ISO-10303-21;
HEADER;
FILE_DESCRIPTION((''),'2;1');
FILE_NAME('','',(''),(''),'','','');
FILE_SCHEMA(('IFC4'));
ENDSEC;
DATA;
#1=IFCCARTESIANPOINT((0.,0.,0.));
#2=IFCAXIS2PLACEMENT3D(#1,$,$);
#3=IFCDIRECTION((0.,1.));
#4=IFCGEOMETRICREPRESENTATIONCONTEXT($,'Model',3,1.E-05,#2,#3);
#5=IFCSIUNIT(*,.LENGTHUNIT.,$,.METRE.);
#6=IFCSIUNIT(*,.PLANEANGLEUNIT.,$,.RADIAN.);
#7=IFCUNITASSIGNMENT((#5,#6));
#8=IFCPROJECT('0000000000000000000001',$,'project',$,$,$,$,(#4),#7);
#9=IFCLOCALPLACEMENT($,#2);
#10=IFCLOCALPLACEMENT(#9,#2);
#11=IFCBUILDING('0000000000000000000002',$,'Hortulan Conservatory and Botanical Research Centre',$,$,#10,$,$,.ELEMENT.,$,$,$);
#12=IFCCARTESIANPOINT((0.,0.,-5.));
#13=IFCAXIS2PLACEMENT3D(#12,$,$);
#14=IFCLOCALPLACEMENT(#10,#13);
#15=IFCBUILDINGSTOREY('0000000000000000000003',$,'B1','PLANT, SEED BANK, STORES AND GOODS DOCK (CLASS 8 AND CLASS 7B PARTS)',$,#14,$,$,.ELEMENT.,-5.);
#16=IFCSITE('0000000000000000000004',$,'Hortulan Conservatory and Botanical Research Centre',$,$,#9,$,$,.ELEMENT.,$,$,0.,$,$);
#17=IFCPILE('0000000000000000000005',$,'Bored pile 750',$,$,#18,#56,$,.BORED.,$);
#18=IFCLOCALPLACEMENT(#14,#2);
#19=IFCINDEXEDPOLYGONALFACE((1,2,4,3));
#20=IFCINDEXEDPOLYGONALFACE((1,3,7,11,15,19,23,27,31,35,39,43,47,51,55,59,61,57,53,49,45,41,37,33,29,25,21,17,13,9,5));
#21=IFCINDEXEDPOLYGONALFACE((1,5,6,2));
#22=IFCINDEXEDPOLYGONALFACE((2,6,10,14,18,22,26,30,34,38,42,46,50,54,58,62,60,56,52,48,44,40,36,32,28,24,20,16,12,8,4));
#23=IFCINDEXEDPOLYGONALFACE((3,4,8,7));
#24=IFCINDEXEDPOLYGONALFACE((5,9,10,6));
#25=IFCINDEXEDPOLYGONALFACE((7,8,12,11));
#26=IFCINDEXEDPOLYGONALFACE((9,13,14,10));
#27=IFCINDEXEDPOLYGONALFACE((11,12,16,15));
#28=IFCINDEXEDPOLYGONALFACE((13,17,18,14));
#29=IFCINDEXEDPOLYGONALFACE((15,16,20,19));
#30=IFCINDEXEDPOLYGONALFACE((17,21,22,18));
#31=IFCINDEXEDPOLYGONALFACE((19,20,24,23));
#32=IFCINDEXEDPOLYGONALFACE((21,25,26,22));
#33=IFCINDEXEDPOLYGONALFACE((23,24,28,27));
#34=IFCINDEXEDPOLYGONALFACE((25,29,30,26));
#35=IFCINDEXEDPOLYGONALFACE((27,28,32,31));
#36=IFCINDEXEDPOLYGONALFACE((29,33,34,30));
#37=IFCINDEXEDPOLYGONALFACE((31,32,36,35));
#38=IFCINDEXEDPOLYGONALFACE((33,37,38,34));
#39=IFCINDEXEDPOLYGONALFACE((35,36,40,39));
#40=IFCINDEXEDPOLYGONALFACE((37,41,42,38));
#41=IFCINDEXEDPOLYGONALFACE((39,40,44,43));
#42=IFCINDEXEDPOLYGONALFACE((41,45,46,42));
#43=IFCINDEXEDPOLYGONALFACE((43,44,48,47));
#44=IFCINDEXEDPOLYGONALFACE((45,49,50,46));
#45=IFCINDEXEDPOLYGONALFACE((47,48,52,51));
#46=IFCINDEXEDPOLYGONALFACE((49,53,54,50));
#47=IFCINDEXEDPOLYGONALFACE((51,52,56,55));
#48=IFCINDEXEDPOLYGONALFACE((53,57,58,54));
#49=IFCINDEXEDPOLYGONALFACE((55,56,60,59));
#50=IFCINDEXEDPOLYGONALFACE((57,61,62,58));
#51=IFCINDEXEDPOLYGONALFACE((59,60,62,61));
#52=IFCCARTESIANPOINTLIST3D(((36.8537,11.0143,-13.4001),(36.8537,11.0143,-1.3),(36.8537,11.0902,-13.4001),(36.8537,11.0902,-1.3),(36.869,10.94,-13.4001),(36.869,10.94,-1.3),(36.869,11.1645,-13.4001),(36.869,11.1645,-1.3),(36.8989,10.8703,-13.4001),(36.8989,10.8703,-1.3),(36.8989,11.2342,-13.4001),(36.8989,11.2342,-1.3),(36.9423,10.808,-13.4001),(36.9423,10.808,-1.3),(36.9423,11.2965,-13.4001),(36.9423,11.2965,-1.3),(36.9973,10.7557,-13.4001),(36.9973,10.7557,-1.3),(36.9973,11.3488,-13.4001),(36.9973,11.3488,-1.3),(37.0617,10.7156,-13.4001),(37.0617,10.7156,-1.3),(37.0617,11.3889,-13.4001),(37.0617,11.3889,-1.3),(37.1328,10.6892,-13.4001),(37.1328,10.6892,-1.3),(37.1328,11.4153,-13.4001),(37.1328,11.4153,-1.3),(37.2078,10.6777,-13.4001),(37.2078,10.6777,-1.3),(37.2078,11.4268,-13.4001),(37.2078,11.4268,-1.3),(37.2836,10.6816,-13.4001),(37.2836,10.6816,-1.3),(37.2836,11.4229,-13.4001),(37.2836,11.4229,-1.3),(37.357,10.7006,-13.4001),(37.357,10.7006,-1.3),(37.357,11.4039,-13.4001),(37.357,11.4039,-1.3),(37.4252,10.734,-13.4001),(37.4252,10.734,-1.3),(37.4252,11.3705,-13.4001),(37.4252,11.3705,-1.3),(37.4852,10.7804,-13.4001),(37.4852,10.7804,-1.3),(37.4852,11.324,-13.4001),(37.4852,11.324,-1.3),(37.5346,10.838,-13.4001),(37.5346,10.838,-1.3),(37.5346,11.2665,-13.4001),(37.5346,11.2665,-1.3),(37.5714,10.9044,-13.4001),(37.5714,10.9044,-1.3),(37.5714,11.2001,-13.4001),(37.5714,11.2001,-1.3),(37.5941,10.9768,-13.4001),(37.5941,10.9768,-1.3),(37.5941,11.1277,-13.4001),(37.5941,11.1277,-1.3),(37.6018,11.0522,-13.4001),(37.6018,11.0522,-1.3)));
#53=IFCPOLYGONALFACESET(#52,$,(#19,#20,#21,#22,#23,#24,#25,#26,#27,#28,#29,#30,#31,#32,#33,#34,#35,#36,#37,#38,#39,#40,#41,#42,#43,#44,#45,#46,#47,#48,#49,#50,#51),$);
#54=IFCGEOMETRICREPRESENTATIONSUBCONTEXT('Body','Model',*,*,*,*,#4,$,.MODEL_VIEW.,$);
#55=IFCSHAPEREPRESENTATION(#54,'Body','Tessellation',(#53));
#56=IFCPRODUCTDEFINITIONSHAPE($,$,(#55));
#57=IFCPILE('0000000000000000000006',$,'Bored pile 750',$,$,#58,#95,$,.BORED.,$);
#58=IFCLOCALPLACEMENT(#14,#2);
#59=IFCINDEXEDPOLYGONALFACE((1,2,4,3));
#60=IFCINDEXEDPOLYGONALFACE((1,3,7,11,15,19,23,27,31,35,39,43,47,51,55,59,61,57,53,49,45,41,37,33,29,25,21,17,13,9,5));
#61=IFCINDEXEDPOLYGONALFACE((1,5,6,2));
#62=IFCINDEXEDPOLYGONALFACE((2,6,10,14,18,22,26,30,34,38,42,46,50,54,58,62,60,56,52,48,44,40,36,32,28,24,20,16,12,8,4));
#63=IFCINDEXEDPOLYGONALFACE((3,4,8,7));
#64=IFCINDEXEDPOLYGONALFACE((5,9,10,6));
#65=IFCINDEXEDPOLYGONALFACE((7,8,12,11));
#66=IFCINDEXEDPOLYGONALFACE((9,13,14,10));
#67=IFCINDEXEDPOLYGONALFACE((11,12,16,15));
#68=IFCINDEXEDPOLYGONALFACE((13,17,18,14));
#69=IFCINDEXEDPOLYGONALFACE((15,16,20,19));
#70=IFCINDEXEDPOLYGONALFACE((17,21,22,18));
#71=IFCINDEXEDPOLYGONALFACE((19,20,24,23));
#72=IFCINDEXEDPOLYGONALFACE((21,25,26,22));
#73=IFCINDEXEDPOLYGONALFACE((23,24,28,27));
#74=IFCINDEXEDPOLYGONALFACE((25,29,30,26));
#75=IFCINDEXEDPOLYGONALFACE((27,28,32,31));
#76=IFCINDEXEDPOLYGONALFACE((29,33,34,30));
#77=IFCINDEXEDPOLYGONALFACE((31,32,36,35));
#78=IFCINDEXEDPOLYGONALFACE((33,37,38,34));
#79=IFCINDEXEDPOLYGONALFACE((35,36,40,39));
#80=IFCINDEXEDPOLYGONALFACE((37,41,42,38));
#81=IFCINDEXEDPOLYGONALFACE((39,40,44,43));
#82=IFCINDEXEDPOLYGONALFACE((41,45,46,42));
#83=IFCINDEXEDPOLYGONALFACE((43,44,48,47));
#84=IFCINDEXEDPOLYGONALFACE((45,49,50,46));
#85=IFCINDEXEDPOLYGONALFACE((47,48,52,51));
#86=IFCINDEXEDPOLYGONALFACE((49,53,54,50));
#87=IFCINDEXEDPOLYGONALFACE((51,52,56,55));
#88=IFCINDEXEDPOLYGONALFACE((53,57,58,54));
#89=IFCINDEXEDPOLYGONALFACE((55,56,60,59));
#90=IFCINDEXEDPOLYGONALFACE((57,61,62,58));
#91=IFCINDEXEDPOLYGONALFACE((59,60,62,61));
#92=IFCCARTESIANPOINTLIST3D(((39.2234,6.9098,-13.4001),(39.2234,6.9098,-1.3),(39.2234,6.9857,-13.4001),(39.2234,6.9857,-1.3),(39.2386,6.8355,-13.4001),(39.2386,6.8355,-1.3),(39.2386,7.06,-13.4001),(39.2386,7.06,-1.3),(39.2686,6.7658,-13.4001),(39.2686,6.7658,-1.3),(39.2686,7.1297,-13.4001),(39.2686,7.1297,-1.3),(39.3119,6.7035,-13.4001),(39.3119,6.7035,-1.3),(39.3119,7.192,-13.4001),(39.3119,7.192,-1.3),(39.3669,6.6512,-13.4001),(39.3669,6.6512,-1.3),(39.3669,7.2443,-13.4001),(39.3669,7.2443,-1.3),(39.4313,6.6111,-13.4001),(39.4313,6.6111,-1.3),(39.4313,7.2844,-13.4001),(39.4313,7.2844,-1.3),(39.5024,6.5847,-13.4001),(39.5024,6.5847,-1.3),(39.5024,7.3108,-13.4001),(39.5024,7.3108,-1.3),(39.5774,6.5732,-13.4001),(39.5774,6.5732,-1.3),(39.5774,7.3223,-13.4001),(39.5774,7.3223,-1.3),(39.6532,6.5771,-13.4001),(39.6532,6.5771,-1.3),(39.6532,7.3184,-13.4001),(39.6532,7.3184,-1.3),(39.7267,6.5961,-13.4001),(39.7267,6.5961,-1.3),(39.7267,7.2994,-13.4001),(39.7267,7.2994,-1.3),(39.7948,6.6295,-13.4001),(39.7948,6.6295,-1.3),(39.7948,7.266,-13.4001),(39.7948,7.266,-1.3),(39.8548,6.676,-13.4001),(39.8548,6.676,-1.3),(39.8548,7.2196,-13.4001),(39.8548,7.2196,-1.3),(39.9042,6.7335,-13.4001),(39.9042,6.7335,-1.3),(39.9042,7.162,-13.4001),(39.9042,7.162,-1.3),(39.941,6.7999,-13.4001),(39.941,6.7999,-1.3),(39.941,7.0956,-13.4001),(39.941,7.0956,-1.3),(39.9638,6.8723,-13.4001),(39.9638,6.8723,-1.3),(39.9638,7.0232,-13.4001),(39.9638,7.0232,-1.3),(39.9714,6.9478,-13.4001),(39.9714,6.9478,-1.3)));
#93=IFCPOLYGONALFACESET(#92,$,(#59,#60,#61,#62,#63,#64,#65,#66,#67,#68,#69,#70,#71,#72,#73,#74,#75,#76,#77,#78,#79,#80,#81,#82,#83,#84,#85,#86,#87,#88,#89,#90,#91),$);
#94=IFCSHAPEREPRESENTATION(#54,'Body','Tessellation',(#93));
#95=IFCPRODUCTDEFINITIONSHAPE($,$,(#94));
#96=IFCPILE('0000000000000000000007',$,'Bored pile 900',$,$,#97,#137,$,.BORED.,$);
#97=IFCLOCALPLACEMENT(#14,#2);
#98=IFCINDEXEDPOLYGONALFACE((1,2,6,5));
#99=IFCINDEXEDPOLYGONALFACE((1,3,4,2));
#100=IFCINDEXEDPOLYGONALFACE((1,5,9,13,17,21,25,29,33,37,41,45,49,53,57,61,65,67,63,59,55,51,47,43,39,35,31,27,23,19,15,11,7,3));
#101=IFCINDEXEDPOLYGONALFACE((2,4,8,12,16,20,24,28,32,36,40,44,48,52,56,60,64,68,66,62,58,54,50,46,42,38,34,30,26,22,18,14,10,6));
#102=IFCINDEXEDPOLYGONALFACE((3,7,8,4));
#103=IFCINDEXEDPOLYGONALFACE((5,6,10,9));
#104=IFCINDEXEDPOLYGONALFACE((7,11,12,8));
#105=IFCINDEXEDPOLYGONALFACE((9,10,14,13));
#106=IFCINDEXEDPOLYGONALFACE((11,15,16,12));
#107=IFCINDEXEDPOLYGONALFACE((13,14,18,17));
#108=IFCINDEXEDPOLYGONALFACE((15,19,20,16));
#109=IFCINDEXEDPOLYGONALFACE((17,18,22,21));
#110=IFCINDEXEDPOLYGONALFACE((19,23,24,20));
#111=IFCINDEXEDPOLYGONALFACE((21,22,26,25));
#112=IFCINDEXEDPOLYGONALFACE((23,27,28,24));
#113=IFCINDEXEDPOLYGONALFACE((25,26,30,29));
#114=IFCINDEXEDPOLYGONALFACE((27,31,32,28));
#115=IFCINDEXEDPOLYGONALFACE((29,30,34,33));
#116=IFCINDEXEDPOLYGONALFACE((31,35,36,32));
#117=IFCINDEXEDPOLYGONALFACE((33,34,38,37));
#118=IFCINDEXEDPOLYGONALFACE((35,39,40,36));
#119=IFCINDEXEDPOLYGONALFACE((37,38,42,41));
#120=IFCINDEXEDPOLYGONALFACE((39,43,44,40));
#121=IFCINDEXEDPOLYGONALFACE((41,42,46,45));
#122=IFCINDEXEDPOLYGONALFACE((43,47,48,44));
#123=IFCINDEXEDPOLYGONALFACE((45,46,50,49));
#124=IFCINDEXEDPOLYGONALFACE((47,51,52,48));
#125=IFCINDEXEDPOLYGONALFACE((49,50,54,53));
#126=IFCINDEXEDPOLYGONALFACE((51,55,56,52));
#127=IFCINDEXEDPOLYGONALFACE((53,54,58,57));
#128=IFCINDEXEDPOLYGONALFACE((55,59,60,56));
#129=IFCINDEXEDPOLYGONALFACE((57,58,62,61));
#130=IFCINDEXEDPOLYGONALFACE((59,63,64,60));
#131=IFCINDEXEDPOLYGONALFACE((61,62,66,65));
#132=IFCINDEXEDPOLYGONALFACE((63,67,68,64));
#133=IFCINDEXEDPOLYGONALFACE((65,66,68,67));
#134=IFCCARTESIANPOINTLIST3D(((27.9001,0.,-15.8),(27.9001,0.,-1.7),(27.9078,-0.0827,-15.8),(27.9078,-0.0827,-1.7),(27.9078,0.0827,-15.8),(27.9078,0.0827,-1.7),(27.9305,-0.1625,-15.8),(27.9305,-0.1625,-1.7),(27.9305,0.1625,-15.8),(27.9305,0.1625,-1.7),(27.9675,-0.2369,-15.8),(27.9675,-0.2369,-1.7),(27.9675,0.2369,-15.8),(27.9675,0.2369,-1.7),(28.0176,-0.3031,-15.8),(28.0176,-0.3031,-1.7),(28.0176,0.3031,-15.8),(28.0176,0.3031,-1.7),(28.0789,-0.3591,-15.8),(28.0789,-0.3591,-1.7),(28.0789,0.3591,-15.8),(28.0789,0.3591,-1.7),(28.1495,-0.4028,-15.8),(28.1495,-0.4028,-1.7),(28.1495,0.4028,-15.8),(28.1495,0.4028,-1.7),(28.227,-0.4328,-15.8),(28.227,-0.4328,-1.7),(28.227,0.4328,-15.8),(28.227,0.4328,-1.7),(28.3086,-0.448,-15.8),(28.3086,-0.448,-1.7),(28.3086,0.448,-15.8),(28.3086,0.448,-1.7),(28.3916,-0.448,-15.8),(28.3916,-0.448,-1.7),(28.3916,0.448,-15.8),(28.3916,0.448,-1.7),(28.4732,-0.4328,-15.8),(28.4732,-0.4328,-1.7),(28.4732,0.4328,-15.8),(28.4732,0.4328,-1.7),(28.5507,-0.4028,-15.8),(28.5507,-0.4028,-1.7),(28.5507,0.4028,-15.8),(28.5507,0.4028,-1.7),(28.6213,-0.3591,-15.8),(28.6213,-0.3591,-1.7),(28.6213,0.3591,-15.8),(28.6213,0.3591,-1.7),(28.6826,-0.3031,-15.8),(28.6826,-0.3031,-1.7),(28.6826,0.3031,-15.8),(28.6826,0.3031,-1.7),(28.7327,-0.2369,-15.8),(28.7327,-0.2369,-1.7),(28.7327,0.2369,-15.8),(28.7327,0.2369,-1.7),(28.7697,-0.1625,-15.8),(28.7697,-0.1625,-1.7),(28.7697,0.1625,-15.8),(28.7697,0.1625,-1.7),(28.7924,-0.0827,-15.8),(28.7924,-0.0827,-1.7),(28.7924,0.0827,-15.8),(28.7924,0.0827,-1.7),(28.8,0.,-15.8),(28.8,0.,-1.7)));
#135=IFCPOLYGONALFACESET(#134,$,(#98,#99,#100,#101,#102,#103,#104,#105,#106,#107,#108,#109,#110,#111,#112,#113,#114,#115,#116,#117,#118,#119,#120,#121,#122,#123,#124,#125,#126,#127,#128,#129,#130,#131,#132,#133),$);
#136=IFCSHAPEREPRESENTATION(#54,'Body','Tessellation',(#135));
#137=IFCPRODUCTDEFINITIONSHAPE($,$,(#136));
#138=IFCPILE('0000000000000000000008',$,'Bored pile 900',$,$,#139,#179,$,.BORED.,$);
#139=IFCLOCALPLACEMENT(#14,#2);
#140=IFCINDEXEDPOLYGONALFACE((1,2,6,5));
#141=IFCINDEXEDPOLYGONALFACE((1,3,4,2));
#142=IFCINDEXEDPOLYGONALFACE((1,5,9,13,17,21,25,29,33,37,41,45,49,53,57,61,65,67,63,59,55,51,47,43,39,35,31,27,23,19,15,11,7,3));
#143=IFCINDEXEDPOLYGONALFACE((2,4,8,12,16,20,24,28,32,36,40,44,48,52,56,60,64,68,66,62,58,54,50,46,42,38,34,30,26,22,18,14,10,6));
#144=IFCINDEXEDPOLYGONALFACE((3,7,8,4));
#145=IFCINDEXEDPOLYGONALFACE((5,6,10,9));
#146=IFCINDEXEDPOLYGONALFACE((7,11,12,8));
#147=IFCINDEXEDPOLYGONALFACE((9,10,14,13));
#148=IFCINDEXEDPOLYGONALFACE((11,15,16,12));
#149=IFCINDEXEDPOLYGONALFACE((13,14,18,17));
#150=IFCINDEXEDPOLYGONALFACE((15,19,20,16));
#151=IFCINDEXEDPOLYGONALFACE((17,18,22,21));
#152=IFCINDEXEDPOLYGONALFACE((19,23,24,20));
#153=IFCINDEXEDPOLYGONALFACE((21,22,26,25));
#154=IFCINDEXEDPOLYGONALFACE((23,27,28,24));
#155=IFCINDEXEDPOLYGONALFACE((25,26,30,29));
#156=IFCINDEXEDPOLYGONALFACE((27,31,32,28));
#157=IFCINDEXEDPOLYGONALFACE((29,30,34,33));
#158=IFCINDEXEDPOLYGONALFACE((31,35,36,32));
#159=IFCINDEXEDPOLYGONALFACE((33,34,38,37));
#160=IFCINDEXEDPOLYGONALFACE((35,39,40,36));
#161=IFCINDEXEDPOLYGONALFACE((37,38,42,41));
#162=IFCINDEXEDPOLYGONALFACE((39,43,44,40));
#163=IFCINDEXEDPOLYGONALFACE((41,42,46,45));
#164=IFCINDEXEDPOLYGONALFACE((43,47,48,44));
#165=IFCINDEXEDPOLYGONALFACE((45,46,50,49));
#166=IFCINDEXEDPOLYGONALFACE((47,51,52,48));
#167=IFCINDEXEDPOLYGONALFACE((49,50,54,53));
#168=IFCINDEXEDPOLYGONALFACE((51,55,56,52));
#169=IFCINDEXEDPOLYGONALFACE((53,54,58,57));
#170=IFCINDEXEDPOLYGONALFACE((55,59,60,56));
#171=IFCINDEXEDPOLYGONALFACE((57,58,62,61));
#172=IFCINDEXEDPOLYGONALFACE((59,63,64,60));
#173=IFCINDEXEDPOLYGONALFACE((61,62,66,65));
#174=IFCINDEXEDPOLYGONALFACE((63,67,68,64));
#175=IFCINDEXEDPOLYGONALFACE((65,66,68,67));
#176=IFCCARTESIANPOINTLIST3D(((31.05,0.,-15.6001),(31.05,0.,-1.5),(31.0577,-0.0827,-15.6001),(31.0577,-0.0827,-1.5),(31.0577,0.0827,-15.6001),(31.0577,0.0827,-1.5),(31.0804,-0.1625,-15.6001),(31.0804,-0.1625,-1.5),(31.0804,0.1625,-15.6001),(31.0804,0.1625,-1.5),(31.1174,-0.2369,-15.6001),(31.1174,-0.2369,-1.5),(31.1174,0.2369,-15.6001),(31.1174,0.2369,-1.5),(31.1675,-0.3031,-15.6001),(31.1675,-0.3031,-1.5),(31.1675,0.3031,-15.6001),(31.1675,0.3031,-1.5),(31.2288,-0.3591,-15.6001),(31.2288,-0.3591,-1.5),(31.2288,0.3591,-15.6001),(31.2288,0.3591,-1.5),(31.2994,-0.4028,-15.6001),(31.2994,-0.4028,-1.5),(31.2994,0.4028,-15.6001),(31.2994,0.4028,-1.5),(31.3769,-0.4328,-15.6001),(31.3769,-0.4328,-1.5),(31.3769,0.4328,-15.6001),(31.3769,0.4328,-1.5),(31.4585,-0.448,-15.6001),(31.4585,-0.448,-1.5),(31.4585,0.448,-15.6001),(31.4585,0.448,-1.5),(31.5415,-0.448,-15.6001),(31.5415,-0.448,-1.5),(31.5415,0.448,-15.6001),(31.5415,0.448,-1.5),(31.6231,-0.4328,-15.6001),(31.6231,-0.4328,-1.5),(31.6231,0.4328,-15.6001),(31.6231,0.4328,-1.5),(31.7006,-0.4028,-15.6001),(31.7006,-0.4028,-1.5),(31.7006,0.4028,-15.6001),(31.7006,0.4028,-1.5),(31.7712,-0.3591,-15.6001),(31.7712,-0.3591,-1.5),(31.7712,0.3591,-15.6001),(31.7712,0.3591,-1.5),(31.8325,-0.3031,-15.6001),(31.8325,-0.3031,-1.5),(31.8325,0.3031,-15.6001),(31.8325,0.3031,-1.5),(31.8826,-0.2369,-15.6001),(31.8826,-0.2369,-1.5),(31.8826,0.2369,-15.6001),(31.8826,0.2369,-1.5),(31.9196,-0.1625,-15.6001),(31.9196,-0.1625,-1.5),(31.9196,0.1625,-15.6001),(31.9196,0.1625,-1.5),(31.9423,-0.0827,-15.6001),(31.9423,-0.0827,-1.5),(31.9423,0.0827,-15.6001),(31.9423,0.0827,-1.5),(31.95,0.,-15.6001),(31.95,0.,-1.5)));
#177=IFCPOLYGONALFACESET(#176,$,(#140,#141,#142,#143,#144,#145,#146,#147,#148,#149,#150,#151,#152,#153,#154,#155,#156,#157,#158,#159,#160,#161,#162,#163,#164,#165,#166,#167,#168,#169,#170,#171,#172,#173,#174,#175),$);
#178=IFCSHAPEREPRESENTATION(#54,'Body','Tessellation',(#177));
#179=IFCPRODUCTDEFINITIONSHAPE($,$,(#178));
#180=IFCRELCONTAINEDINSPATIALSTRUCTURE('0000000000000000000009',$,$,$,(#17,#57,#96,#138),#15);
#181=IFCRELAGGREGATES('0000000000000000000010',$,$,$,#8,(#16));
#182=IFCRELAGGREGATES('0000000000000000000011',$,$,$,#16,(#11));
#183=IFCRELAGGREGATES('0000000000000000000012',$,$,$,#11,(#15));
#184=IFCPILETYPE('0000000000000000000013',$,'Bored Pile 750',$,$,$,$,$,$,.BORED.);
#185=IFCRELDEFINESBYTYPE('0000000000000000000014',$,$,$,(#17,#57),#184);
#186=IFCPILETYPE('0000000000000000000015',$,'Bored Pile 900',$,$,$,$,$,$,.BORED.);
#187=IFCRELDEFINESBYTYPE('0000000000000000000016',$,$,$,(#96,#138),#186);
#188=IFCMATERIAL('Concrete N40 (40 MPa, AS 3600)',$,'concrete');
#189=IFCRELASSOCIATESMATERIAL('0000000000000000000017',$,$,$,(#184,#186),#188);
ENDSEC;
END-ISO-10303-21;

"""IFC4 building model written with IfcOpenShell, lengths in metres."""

from ifc_helpers import new_model, si_unit, direction, frame, origin, origin_2d, place, context, subcontext, project, spatial, circle, extrude, material, material_profile, profile_set, type_object, element, save


model = new_model("IFC4")

# Units and contexts
model_context = context("Model", 3, precision=1e-05, world=origin(), true_north=direction((0.0, 1.0)))
body_context = subcontext(model_context, "Body", "Model", "MODEL_VIEW")
ifc_project = project(units=[si_unit("LENGTHUNIT", "METRE"), si_unit("PLANEANGLEUNIT", "RADIAN")], contexts=[model_context])

# Site, building, storey
site_placement = place(None, origin())
site = spatial("IfcSite", under=ifc_project, at=site_placement, Name="Hortulan Conservatory and Botanical Research Centre", CompositionType="ELEMENT", RefElevation=0.0)
building_placement = place(site_placement, origin())
building = spatial("IfcBuilding", under=site, at=building_placement, Name="Hortulan Conservatory and Botanical Research Centre", CompositionType="ELEMENT")
storey_placement = place(building_placement, frame((0.0, 0.0, -5.0)))
storey = spatial("IfcBuildingStorey", under=building, at=storey_placement, Name="B1", Description="PLANT, SEED BANK, STORES AND GOODS DOCK (CLASS 8 AND CLASS 7B PARTS)", CompositionType="ELEMENT", Elevation=-5.0)

# Piles
ifc_material_1 = material(Name="Concrete N40 (40 MPa, AS 3600)", Category="concrete")
ifc_material_profile_1 = material_profile(ifc_material_1, circle(Radius=0.375, at=origin_2d()), Name="Bored pile 750 diameter")
ifc_profile_set_1 = profile_set([ifc_material_profile_1], Name="Concrete N40 (40 MPa, AS 3600)")
pile_type_1 = type_object("IfcPileType", Name="Bored Pile 750", PredefinedType="BORED", material=ifc_profile_set_1)
for number, where, z_axis, x_axis, name in (
    (1, (37.2268, 11.0522, -1.3), (0.0, 0.0, -1.0), (1.0, 0.0, 0.0), "Bored pile 750"),
    (2, (39.5964, 6.9478, -1.3), (0.0, 0.0, -1.0), (1.0, 0.0, 0.0), "Bored pile 750"),
):
    element("IfcPile", number, at=place(storey_placement, frame(where, z_axis=z_axis, x_axis=x_axis)), inside=storey, type_object=pile_type_1, Name=name, PredefinedType="BORED", context=body_context, shape_type="SweptSolid", body=[
        extrude(circle(Radius=0.375, at=origin_2d()), origin(), (0.0, 0.0, 1.0), 12.1001),
    ])
ifc_material_profile_2 = material_profile(ifc_material_1, circle(Radius=0.45, at=origin_2d()), Name="Bored pile 900 diameter")
ifc_profile_set_2 = profile_set([ifc_material_profile_2], Name="Concrete N40 (40 MPa, AS 3600)")
pile_type_2 = type_object("IfcPileType", Name="Bored Pile 900", PredefinedType="BORED", material=ifc_profile_set_2)
for number, where, z_axis, x_axis, name in (
    (3, (28.3501, 0.0, -1.7), (0.0, 0.0, -1.0), (1.0, 0.0, 0.0), "Bored pile 900"),
    (4, (31.5, 0.0, -1.5), (0.0, 0.0, -1.0), (1.0, 0.0, 0.0), "Bored pile 900"),
):
    element("IfcPile", number, at=place(storey_placement, frame(where, z_axis=z_axis, x_axis=x_axis)), inside=storey, type_object=pile_type_2, Name=name, PredefinedType="BORED", context=body_context, shape_type="SweptSolid", body=[
        extrude(circle(Radius=0.45, at=origin_2d()), origin(), (0.0, 0.0, 1.0), 14.1001),
    ])

save(model, "model.ifc")
